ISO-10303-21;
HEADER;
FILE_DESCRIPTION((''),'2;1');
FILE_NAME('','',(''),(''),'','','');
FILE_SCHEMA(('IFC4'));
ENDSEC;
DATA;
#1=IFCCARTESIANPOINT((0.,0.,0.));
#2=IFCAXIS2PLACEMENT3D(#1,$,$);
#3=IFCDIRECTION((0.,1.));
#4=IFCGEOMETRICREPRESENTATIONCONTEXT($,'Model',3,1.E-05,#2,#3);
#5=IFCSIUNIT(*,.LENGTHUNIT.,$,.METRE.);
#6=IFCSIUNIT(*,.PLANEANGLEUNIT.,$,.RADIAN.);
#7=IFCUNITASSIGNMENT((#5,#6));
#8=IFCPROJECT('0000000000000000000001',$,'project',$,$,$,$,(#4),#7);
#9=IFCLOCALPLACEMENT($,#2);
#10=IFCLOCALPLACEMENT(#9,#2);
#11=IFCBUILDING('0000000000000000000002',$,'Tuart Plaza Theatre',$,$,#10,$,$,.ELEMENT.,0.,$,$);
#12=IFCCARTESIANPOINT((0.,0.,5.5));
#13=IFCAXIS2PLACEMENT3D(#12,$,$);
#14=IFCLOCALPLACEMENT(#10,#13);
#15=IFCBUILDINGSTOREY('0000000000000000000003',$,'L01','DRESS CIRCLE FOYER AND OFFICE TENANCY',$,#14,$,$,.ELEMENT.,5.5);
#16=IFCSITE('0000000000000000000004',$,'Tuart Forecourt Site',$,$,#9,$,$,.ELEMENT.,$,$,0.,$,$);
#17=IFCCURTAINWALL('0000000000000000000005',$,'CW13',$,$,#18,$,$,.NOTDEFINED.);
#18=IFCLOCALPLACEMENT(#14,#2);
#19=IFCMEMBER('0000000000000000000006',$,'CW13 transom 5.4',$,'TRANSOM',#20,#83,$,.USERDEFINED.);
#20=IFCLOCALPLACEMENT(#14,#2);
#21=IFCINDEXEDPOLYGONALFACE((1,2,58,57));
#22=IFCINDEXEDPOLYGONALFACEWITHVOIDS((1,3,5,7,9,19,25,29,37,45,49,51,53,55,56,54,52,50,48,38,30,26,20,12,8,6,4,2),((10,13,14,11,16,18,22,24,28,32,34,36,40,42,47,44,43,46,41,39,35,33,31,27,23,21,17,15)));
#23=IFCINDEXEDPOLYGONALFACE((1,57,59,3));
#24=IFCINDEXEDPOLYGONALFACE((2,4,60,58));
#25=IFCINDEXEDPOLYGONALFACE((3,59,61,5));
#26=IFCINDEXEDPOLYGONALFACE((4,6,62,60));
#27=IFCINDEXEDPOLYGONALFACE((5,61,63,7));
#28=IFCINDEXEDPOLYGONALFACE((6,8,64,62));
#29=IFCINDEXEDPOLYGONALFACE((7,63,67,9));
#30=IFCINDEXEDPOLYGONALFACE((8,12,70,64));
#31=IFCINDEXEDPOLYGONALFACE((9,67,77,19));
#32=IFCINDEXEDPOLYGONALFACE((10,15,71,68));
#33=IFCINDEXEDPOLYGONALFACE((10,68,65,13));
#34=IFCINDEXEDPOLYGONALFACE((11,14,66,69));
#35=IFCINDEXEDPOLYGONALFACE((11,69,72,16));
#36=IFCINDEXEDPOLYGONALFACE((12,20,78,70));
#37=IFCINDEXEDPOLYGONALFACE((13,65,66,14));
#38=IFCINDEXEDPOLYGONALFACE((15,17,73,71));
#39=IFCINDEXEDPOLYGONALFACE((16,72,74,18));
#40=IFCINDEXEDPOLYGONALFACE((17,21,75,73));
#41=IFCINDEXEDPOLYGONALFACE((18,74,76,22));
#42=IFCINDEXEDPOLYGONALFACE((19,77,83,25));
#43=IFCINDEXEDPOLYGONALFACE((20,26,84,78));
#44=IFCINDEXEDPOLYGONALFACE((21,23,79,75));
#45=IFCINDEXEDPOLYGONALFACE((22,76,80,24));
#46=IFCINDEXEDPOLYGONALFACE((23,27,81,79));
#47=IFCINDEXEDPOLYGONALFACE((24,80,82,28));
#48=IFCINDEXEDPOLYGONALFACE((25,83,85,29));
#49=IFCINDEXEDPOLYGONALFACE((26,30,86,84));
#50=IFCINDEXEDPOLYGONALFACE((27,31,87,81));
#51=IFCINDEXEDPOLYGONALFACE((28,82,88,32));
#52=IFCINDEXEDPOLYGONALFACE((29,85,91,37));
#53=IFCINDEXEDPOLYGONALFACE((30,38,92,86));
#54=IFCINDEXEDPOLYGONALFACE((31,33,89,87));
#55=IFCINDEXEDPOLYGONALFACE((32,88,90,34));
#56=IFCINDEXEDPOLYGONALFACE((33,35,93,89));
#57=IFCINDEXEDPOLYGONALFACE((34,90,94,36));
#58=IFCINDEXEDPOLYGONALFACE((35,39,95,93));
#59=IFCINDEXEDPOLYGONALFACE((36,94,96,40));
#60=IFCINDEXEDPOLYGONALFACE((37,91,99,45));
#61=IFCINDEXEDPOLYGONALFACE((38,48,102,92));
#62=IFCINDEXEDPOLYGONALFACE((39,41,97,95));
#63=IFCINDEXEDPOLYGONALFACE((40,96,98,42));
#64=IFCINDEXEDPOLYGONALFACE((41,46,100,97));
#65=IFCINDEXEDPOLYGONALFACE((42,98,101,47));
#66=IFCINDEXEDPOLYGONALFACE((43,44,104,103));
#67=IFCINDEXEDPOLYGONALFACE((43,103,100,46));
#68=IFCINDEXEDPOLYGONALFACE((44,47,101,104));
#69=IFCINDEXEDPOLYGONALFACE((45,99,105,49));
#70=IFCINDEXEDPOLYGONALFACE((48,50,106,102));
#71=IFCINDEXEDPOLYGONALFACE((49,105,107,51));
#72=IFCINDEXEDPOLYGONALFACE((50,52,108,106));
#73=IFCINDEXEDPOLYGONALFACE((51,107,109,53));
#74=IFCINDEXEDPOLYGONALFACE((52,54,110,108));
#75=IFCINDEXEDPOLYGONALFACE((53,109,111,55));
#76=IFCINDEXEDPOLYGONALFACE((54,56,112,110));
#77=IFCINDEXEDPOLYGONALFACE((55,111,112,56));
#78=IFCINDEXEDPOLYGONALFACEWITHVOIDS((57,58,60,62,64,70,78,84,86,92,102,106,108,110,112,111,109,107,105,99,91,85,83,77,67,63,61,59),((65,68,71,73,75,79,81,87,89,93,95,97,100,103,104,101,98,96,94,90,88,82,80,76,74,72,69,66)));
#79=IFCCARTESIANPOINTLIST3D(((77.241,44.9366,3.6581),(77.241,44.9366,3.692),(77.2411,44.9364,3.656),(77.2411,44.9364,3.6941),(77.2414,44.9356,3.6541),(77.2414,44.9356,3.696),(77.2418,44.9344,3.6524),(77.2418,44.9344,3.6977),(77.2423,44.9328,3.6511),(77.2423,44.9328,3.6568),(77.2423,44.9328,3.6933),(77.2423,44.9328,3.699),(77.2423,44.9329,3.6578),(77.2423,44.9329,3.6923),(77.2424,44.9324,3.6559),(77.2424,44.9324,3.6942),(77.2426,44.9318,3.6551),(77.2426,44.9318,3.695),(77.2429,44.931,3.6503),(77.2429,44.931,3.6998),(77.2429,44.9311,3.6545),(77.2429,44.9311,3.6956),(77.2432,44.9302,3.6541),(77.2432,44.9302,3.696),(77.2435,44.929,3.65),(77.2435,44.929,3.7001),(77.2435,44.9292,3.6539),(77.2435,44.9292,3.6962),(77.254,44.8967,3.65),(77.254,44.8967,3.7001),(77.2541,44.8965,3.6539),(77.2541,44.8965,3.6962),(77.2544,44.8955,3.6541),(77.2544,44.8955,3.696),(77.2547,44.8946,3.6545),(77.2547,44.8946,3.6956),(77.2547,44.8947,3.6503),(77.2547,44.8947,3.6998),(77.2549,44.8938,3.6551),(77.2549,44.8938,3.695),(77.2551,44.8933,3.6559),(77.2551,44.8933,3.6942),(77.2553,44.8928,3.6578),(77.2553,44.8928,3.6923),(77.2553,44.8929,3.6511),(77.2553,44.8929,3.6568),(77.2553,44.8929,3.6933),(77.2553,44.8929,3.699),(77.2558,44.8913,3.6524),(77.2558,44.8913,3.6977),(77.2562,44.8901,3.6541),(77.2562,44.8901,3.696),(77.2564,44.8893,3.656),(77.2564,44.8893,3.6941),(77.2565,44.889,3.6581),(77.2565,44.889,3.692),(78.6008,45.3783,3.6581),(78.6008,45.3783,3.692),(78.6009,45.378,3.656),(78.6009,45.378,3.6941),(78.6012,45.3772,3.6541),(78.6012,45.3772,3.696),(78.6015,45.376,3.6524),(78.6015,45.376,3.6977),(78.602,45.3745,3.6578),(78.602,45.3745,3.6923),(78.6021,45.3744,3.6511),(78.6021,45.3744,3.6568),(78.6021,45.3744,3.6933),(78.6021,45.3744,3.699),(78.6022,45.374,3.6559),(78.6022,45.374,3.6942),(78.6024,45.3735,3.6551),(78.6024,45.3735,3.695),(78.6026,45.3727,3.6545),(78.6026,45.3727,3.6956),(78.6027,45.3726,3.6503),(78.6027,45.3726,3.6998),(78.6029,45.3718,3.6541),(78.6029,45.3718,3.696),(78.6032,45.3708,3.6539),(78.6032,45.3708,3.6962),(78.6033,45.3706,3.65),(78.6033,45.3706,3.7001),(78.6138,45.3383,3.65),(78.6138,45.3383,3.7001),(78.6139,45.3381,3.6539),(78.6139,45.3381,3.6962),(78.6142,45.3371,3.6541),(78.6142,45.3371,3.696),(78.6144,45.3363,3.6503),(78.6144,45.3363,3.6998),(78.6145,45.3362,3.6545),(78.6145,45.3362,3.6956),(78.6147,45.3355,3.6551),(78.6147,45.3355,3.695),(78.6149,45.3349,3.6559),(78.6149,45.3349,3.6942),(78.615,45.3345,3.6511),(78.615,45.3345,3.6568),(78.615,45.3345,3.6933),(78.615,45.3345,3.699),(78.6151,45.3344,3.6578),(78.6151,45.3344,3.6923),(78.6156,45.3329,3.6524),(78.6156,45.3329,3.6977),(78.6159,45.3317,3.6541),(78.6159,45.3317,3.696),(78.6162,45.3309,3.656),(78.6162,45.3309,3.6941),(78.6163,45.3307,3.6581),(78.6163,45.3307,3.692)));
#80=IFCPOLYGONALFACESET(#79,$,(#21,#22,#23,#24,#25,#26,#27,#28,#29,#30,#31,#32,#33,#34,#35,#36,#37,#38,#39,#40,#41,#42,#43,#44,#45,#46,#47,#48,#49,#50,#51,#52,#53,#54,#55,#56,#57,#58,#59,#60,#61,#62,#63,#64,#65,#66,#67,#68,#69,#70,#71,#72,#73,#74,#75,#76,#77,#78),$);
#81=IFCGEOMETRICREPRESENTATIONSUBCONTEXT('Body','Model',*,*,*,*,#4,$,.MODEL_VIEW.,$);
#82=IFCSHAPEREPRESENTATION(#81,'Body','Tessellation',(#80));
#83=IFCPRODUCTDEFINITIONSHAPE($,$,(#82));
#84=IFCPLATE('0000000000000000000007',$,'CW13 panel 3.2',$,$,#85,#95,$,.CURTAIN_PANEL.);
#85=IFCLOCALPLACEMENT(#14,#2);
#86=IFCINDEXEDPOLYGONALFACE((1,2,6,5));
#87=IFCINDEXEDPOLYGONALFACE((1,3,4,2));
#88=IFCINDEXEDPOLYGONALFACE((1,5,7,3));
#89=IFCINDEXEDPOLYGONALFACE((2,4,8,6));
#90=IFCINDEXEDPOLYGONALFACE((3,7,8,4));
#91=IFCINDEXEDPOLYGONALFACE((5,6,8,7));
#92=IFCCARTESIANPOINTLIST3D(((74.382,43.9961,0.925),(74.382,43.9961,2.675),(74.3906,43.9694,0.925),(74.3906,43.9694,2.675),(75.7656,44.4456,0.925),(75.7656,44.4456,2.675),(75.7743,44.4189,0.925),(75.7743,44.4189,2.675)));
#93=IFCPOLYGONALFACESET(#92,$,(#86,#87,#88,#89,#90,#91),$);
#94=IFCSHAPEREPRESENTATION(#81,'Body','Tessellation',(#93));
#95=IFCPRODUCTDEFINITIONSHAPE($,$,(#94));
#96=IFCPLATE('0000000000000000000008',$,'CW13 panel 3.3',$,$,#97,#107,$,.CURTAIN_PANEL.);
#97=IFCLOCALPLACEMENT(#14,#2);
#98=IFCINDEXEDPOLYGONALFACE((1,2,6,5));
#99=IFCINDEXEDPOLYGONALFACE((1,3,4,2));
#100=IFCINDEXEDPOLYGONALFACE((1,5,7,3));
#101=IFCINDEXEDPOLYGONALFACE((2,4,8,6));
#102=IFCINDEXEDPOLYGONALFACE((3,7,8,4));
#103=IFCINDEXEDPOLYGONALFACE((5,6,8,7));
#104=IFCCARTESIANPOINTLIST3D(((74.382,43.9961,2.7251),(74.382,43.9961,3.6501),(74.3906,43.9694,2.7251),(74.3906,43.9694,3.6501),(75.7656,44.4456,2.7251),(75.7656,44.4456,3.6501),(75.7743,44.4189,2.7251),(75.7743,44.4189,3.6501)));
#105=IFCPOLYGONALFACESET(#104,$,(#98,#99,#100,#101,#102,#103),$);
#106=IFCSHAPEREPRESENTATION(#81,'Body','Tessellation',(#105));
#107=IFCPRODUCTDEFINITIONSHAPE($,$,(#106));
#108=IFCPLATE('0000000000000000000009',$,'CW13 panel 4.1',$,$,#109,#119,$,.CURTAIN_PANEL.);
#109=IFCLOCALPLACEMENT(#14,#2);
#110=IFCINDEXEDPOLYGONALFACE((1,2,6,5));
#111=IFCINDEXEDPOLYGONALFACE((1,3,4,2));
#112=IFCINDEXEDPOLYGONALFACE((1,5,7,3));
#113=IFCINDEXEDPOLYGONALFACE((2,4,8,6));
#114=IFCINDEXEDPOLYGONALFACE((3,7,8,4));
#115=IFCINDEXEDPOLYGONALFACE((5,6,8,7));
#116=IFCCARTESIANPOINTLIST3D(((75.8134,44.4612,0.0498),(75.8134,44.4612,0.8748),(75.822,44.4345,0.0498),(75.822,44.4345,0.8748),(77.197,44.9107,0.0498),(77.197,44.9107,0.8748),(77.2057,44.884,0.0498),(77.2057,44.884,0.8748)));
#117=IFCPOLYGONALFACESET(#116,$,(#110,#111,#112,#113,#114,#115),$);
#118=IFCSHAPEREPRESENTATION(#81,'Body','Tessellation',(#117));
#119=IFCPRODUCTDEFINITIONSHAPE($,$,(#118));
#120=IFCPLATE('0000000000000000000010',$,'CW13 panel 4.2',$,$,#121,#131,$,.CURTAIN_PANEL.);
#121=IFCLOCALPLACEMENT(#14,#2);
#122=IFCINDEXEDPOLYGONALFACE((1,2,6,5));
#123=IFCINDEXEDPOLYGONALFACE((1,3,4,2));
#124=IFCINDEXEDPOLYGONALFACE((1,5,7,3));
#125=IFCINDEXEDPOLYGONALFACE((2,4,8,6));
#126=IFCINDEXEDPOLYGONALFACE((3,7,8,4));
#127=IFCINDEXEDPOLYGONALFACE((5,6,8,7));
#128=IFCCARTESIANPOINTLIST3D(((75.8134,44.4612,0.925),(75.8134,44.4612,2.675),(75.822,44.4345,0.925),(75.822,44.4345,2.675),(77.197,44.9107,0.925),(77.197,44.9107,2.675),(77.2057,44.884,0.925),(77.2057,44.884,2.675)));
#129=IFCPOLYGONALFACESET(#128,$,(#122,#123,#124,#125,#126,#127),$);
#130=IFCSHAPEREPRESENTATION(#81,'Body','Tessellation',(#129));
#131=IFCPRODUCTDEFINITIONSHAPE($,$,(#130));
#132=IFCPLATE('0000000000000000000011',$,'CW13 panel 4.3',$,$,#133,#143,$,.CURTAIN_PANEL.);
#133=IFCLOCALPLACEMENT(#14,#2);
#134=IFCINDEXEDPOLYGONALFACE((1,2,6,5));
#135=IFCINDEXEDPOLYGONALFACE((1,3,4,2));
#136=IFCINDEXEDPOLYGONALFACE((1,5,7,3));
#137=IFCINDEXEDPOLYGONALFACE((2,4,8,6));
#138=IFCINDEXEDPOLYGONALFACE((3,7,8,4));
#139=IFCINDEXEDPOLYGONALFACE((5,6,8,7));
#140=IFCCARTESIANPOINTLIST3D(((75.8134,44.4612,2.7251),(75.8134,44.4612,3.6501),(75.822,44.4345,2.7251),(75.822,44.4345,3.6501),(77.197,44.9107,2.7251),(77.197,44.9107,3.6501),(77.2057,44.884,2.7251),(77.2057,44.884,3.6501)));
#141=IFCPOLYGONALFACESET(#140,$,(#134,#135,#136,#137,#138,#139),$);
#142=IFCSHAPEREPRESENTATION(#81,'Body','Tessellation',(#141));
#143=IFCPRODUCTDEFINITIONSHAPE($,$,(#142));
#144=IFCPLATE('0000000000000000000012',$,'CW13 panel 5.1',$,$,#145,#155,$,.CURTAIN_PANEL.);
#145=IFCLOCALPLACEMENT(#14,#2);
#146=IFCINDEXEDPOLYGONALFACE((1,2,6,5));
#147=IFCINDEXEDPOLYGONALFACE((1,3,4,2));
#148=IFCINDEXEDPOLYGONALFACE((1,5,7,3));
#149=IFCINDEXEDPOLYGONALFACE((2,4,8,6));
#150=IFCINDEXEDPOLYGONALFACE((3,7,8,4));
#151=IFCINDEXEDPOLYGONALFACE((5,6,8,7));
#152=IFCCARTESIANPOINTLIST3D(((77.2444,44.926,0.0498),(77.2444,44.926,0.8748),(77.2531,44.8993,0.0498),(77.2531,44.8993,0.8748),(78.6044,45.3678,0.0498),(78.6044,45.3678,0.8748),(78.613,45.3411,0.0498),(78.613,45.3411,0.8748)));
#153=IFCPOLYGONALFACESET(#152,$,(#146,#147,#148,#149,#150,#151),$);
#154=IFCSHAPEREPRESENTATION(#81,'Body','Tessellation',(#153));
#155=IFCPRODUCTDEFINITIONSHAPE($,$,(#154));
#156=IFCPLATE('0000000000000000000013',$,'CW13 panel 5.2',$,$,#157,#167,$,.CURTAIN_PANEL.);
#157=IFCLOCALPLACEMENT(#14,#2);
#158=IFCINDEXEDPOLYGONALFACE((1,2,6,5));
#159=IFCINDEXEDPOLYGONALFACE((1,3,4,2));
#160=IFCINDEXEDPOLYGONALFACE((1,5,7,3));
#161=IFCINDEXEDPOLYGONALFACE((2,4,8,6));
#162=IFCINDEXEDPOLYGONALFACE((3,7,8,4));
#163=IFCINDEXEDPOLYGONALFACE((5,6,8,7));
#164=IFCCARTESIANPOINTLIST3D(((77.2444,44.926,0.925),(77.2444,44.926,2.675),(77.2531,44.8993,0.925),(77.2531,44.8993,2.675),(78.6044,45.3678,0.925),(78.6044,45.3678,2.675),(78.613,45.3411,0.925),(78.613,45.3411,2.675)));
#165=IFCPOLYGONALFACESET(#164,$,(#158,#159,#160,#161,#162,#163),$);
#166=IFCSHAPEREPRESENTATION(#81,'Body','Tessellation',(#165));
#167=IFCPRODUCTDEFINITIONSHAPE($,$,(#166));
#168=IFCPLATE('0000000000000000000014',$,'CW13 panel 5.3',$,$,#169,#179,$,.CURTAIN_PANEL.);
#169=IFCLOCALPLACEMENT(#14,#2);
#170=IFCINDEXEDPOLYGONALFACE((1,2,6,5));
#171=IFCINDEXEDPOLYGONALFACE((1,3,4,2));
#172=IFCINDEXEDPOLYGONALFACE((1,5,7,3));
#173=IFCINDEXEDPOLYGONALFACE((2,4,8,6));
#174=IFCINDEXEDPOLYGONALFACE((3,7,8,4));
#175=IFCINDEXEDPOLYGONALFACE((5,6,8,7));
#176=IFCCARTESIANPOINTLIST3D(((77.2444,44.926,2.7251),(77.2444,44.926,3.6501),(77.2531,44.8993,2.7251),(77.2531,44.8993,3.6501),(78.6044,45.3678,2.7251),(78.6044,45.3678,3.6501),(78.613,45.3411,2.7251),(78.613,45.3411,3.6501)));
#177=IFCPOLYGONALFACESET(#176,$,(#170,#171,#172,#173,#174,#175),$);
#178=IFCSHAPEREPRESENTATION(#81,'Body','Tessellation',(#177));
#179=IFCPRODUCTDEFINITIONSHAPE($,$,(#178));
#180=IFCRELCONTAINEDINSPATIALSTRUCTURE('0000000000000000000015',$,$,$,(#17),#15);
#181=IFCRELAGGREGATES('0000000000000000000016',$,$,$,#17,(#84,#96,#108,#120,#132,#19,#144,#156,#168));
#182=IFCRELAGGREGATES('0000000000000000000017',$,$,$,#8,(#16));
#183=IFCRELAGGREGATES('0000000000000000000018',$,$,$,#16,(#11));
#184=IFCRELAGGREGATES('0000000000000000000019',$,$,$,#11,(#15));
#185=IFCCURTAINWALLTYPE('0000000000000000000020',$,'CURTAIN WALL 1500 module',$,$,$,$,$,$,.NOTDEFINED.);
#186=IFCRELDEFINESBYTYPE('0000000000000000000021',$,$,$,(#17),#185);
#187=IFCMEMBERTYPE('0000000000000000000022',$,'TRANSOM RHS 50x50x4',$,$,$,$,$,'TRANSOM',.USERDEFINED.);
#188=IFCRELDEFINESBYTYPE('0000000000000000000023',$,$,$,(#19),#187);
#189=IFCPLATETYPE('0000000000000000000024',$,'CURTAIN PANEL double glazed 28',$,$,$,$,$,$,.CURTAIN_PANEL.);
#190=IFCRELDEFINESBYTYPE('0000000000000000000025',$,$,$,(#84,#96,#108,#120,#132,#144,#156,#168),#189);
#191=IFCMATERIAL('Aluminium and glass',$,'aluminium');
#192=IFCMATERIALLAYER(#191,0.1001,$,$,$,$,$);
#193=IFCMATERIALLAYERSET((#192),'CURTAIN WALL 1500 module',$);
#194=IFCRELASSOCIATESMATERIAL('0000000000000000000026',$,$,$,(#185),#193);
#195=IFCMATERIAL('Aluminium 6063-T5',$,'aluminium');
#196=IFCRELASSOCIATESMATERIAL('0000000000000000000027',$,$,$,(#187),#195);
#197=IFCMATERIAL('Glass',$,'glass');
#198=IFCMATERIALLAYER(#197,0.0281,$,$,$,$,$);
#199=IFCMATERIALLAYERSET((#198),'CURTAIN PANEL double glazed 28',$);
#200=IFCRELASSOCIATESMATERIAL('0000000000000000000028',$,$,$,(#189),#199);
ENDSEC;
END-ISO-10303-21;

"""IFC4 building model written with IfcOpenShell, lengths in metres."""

from ifc_helpers import new_model, si_unit, direction, frame, origin, origin_2d, place, context, subcontext, project, spatial, rectangle, hollow_rectangle, extrude, material, layer, layer_set, material_profile, profile_set, type_object, element, aggregate, save


model = new_model("IFC4")

# Units and contexts
model_context = context("Model", 3, precision=1e-05, world=origin(), true_north=direction((0.0, 1.0)))
body_context = subcontext(model_context, "Body", "Model", "MODEL_VIEW")
ifc_project = project(units=[si_unit("LENGTHUNIT", "METRE"), si_unit("PLANEANGLEUNIT", "RADIAN")], contexts=[model_context])

# Site, building, storey
site_placement = place(None, origin())
site = spatial("IfcSite", under=ifc_project, at=site_placement, Name="Tuart Forecourt Site", CompositionType="ELEMENT", RefElevation=0.0)
building_placement = place(site_placement, origin())
building = spatial("IfcBuilding", under=site, at=building_placement, Name="Tuart Plaza Theatre", CompositionType="ELEMENT", ElevationOfRefHeight=0.0)
storey_placement = place(building_placement, frame((0.0, 0.0, 5.5)))
storey = spatial("IfcBuildingStorey", under=building, at=storey_placement, Name="L01", Description="DRESS CIRCLE FOYER AND OFFICE TENANCY", CompositionType="ELEMENT", Elevation=5.5)

# Curtain wall, member, plates
ifc_material_1 = material(Name="Aluminium and glass", Category="aluminium")
ifc_layer_1 = layer(ifc_material_1, 0.1001)
ifc_layer_set_1 = layer_set([ifc_layer_1], Name="CURTAIN WALL 1500 module")
curtain_wall_type = type_object("IfcCurtainWallType", Name="CURTAIN WALL 1500 module", PredefinedType="NOTDEFINED", material=ifc_layer_set_1)
curtain_wall_placement = place(storey_placement, origin())
curtain_wall = element("IfcCurtainWall", 1, at=curtain_wall_placement, inside=storey, type_object=curtain_wall_type, Name="CW13", PredefinedType="NOTDEFINED")
ifc_material_2 = material(Name="Aluminium 6063-T5", Category="aluminium")
ifc_material_profile_1 = material_profile(ifc_material_2, hollow_rectangle(XDim=0.05, YDim=0.05, WallThickness=0.0039, InnerFilletRadius=0.0039, OuterFilletRadius=0.0081, at=origin_2d()), Name="RHS 50x50x4")
ifc_profile_set_1 = profile_set([ifc_material_profile_1], Name="Aluminium 6063-T5")
member_type_1 = type_object("IfcMemberType", Name="TRANSOM RHS 50x50x4", ElementType="TRANSOM", PredefinedType="USERDEFINED", material=ifc_profile_set_1)
member_1_placement = place(storey_placement, frame((77.2488, 44.9128, 3.675), z_axis=(0.951097, 0.308893, 0.0), x_axis=(-0.308893, 0.951097, 0.0)))
member_1 = element("IfcMember", 2, at=member_1_placement, type_object=member_type_1, Name="CW13 transom 5.4", ObjectType="TRANSOM", PredefinedType="USERDEFINED", context=body_context, shape_type="SweptSolid", body=[
    extrude(hollow_rectangle(XDim=0.05, YDim=0.05, WallThickness=0.0039, InnerFilletRadius=0.0039, OuterFilletRadius=0.0081, at=origin_2d()), origin(), (0.0, 0.0, 1.0), 1.4297),
])
ifc_material_3 = material(Name="Glass", Category="glass")
ifc_layer_2 = layer(ifc_material_3, 0.0281)
ifc_layer_set_2 = layer_set([ifc_layer_2], Name="CURTAIN PANEL double glazed 28")
plate_type = type_object("IfcPlateType", Name="CURTAIN PANEL double glazed 28", PredefinedType="CURTAIN_PANEL", material=ifc_layer_set_2)
plate_1_placement = place(storey_placement, frame((75.0781, 44.2075, 0.925), z_axis=(0.0, 0.0, 1.0), x_axis=(0.951067, 0.308986, 0.0)))
plate_1 = element("IfcPlate", 3, at=plate_1_placement, type_object=plate_type, Name="CW13 panel 3.2", PredefinedType="CURTAIN_PANEL", context=body_context, shape_type="SweptSolid", body=[
    extrude(rectangle(XDim=1.4548, YDim=0.0281, at=origin_2d()), origin(), (0.0, 0.0, 1.0), 1.75),
])
plate_2_placement = place(storey_placement, frame((75.0781, 44.2075, 2.7251), z_axis=(0.0, 0.0, 1.0), x_axis=(0.951067, 0.308986, 0.0)))
plate_2 = element("IfcPlate", 4, at=plate_2_placement, type_object=plate_type, Name="CW13 panel 3.3", PredefinedType="CURTAIN_PANEL", context=body_context, shape_type="SweptSolid", body=[
    extrude(rectangle(XDim=1.4548, YDim=0.0281, at=origin_2d()), origin(), (0.0, 0.0, 1.0), 0.925),
])
plate_3_placement = place(storey_placement, frame((76.5095, 44.6726, 0.0498), z_axis=(0.0, 0.0, 1.0), x_axis=(0.951067, 0.308986, 0.0)))
plate_3 = element("IfcPlate", 5, at=plate_3_placement, type_object=plate_type, Name="CW13 panel 4.1", PredefinedType="CURTAIN_PANEL", context=body_context, shape_type="SweptSolid", body=[
    extrude(rectangle(XDim=1.4548, YDim=0.0281, at=origin_2d()), origin(), (0.0, 0.0, 1.0), 0.825),
])
plate_4_placement = place(storey_placement, frame((76.5095, 44.6726, 0.925), z_axis=(0.0, 0.0, 1.0), x_axis=(0.951067, 0.308986, 0.0)))
plate_4 = element("IfcPlate", 6, at=plate_4_placement, type_object=plate_type, Name="CW13 panel 4.2", PredefinedType="CURTAIN_PANEL", context=body_context, shape_type="SweptSolid", body=[
    extrude(rectangle(XDim=1.4548, YDim=0.0281, at=origin_2d()), origin(), (0.0, 0.0, 1.0), 1.75),
])
plate_5_placement = place(storey_placement, frame((76.5095, 44.6726, 2.7251), z_axis=(0.0, 0.0, 1.0), x_axis=(0.951067, 0.308986, 0.0)))
plate_5 = element("IfcPlate", 7, at=plate_5_placement, type_object=plate_type, Name="CW13 panel 4.3", PredefinedType="CURTAIN_PANEL", context=body_context, shape_type="SweptSolid", body=[
    extrude(rectangle(XDim=1.4548, YDim=0.0281, at=origin_2d()), origin(), (0.0, 0.0, 1.0), 0.925),
])
plate_6_placement = place(storey_placement, frame((77.9287, 45.1335, 0.0498), z_axis=(0.0, 0.0, 1.0), x_axis=(0.951067, 0.308986, 0.0)))
plate_6 = element("IfcPlate", 8, at=plate_6_placement, type_object=plate_type, Name="CW13 panel 5.1", PredefinedType="CURTAIN_PANEL", context=body_context, shape_type="SweptSolid", body=[
    extrude(rectangle(XDim=1.4299, YDim=0.0281, at=origin_2d()), origin(), (0.0, 0.0, 1.0), 0.825),
])
plate_7_placement = place(storey_placement, frame((77.9287, 45.1335, 0.925), z_axis=(0.0, 0.0, 1.0), x_axis=(0.951067, 0.308986, 0.0)))
plate_7 = element("IfcPlate", 9, at=plate_7_placement, type_object=plate_type, Name="CW13 panel 5.2", PredefinedType="CURTAIN_PANEL", context=body_context, shape_type="SweptSolid", body=[
    extrude(rectangle(XDim=1.4299, YDim=0.0281, at=origin_2d()), origin(), (0.0, 0.0, 1.0), 1.75),
])
plate_8_placement = place(storey_placement, frame((77.9287, 45.1335, 2.7251), z_axis=(0.0, 0.0, 1.0), x_axis=(0.951067, 0.308986, 0.0)))
plate_8 = element("IfcPlate", 10, at=plate_8_placement, type_object=plate_type, Name="CW13 panel 5.3", PredefinedType="CURTAIN_PANEL", context=body_context, shape_type="SweptSolid", body=[
    extrude(rectangle(XDim=1.4299, YDim=0.0281, at=origin_2d()), origin(), (0.0, 0.0, 1.0), 0.925),
])
aggregate(curtain_wall, [plate_1, plate_2, plate_3, plate_4, plate_5, member_1, plate_6, plate_7, plate_8])

save(model, "model.ifc")
